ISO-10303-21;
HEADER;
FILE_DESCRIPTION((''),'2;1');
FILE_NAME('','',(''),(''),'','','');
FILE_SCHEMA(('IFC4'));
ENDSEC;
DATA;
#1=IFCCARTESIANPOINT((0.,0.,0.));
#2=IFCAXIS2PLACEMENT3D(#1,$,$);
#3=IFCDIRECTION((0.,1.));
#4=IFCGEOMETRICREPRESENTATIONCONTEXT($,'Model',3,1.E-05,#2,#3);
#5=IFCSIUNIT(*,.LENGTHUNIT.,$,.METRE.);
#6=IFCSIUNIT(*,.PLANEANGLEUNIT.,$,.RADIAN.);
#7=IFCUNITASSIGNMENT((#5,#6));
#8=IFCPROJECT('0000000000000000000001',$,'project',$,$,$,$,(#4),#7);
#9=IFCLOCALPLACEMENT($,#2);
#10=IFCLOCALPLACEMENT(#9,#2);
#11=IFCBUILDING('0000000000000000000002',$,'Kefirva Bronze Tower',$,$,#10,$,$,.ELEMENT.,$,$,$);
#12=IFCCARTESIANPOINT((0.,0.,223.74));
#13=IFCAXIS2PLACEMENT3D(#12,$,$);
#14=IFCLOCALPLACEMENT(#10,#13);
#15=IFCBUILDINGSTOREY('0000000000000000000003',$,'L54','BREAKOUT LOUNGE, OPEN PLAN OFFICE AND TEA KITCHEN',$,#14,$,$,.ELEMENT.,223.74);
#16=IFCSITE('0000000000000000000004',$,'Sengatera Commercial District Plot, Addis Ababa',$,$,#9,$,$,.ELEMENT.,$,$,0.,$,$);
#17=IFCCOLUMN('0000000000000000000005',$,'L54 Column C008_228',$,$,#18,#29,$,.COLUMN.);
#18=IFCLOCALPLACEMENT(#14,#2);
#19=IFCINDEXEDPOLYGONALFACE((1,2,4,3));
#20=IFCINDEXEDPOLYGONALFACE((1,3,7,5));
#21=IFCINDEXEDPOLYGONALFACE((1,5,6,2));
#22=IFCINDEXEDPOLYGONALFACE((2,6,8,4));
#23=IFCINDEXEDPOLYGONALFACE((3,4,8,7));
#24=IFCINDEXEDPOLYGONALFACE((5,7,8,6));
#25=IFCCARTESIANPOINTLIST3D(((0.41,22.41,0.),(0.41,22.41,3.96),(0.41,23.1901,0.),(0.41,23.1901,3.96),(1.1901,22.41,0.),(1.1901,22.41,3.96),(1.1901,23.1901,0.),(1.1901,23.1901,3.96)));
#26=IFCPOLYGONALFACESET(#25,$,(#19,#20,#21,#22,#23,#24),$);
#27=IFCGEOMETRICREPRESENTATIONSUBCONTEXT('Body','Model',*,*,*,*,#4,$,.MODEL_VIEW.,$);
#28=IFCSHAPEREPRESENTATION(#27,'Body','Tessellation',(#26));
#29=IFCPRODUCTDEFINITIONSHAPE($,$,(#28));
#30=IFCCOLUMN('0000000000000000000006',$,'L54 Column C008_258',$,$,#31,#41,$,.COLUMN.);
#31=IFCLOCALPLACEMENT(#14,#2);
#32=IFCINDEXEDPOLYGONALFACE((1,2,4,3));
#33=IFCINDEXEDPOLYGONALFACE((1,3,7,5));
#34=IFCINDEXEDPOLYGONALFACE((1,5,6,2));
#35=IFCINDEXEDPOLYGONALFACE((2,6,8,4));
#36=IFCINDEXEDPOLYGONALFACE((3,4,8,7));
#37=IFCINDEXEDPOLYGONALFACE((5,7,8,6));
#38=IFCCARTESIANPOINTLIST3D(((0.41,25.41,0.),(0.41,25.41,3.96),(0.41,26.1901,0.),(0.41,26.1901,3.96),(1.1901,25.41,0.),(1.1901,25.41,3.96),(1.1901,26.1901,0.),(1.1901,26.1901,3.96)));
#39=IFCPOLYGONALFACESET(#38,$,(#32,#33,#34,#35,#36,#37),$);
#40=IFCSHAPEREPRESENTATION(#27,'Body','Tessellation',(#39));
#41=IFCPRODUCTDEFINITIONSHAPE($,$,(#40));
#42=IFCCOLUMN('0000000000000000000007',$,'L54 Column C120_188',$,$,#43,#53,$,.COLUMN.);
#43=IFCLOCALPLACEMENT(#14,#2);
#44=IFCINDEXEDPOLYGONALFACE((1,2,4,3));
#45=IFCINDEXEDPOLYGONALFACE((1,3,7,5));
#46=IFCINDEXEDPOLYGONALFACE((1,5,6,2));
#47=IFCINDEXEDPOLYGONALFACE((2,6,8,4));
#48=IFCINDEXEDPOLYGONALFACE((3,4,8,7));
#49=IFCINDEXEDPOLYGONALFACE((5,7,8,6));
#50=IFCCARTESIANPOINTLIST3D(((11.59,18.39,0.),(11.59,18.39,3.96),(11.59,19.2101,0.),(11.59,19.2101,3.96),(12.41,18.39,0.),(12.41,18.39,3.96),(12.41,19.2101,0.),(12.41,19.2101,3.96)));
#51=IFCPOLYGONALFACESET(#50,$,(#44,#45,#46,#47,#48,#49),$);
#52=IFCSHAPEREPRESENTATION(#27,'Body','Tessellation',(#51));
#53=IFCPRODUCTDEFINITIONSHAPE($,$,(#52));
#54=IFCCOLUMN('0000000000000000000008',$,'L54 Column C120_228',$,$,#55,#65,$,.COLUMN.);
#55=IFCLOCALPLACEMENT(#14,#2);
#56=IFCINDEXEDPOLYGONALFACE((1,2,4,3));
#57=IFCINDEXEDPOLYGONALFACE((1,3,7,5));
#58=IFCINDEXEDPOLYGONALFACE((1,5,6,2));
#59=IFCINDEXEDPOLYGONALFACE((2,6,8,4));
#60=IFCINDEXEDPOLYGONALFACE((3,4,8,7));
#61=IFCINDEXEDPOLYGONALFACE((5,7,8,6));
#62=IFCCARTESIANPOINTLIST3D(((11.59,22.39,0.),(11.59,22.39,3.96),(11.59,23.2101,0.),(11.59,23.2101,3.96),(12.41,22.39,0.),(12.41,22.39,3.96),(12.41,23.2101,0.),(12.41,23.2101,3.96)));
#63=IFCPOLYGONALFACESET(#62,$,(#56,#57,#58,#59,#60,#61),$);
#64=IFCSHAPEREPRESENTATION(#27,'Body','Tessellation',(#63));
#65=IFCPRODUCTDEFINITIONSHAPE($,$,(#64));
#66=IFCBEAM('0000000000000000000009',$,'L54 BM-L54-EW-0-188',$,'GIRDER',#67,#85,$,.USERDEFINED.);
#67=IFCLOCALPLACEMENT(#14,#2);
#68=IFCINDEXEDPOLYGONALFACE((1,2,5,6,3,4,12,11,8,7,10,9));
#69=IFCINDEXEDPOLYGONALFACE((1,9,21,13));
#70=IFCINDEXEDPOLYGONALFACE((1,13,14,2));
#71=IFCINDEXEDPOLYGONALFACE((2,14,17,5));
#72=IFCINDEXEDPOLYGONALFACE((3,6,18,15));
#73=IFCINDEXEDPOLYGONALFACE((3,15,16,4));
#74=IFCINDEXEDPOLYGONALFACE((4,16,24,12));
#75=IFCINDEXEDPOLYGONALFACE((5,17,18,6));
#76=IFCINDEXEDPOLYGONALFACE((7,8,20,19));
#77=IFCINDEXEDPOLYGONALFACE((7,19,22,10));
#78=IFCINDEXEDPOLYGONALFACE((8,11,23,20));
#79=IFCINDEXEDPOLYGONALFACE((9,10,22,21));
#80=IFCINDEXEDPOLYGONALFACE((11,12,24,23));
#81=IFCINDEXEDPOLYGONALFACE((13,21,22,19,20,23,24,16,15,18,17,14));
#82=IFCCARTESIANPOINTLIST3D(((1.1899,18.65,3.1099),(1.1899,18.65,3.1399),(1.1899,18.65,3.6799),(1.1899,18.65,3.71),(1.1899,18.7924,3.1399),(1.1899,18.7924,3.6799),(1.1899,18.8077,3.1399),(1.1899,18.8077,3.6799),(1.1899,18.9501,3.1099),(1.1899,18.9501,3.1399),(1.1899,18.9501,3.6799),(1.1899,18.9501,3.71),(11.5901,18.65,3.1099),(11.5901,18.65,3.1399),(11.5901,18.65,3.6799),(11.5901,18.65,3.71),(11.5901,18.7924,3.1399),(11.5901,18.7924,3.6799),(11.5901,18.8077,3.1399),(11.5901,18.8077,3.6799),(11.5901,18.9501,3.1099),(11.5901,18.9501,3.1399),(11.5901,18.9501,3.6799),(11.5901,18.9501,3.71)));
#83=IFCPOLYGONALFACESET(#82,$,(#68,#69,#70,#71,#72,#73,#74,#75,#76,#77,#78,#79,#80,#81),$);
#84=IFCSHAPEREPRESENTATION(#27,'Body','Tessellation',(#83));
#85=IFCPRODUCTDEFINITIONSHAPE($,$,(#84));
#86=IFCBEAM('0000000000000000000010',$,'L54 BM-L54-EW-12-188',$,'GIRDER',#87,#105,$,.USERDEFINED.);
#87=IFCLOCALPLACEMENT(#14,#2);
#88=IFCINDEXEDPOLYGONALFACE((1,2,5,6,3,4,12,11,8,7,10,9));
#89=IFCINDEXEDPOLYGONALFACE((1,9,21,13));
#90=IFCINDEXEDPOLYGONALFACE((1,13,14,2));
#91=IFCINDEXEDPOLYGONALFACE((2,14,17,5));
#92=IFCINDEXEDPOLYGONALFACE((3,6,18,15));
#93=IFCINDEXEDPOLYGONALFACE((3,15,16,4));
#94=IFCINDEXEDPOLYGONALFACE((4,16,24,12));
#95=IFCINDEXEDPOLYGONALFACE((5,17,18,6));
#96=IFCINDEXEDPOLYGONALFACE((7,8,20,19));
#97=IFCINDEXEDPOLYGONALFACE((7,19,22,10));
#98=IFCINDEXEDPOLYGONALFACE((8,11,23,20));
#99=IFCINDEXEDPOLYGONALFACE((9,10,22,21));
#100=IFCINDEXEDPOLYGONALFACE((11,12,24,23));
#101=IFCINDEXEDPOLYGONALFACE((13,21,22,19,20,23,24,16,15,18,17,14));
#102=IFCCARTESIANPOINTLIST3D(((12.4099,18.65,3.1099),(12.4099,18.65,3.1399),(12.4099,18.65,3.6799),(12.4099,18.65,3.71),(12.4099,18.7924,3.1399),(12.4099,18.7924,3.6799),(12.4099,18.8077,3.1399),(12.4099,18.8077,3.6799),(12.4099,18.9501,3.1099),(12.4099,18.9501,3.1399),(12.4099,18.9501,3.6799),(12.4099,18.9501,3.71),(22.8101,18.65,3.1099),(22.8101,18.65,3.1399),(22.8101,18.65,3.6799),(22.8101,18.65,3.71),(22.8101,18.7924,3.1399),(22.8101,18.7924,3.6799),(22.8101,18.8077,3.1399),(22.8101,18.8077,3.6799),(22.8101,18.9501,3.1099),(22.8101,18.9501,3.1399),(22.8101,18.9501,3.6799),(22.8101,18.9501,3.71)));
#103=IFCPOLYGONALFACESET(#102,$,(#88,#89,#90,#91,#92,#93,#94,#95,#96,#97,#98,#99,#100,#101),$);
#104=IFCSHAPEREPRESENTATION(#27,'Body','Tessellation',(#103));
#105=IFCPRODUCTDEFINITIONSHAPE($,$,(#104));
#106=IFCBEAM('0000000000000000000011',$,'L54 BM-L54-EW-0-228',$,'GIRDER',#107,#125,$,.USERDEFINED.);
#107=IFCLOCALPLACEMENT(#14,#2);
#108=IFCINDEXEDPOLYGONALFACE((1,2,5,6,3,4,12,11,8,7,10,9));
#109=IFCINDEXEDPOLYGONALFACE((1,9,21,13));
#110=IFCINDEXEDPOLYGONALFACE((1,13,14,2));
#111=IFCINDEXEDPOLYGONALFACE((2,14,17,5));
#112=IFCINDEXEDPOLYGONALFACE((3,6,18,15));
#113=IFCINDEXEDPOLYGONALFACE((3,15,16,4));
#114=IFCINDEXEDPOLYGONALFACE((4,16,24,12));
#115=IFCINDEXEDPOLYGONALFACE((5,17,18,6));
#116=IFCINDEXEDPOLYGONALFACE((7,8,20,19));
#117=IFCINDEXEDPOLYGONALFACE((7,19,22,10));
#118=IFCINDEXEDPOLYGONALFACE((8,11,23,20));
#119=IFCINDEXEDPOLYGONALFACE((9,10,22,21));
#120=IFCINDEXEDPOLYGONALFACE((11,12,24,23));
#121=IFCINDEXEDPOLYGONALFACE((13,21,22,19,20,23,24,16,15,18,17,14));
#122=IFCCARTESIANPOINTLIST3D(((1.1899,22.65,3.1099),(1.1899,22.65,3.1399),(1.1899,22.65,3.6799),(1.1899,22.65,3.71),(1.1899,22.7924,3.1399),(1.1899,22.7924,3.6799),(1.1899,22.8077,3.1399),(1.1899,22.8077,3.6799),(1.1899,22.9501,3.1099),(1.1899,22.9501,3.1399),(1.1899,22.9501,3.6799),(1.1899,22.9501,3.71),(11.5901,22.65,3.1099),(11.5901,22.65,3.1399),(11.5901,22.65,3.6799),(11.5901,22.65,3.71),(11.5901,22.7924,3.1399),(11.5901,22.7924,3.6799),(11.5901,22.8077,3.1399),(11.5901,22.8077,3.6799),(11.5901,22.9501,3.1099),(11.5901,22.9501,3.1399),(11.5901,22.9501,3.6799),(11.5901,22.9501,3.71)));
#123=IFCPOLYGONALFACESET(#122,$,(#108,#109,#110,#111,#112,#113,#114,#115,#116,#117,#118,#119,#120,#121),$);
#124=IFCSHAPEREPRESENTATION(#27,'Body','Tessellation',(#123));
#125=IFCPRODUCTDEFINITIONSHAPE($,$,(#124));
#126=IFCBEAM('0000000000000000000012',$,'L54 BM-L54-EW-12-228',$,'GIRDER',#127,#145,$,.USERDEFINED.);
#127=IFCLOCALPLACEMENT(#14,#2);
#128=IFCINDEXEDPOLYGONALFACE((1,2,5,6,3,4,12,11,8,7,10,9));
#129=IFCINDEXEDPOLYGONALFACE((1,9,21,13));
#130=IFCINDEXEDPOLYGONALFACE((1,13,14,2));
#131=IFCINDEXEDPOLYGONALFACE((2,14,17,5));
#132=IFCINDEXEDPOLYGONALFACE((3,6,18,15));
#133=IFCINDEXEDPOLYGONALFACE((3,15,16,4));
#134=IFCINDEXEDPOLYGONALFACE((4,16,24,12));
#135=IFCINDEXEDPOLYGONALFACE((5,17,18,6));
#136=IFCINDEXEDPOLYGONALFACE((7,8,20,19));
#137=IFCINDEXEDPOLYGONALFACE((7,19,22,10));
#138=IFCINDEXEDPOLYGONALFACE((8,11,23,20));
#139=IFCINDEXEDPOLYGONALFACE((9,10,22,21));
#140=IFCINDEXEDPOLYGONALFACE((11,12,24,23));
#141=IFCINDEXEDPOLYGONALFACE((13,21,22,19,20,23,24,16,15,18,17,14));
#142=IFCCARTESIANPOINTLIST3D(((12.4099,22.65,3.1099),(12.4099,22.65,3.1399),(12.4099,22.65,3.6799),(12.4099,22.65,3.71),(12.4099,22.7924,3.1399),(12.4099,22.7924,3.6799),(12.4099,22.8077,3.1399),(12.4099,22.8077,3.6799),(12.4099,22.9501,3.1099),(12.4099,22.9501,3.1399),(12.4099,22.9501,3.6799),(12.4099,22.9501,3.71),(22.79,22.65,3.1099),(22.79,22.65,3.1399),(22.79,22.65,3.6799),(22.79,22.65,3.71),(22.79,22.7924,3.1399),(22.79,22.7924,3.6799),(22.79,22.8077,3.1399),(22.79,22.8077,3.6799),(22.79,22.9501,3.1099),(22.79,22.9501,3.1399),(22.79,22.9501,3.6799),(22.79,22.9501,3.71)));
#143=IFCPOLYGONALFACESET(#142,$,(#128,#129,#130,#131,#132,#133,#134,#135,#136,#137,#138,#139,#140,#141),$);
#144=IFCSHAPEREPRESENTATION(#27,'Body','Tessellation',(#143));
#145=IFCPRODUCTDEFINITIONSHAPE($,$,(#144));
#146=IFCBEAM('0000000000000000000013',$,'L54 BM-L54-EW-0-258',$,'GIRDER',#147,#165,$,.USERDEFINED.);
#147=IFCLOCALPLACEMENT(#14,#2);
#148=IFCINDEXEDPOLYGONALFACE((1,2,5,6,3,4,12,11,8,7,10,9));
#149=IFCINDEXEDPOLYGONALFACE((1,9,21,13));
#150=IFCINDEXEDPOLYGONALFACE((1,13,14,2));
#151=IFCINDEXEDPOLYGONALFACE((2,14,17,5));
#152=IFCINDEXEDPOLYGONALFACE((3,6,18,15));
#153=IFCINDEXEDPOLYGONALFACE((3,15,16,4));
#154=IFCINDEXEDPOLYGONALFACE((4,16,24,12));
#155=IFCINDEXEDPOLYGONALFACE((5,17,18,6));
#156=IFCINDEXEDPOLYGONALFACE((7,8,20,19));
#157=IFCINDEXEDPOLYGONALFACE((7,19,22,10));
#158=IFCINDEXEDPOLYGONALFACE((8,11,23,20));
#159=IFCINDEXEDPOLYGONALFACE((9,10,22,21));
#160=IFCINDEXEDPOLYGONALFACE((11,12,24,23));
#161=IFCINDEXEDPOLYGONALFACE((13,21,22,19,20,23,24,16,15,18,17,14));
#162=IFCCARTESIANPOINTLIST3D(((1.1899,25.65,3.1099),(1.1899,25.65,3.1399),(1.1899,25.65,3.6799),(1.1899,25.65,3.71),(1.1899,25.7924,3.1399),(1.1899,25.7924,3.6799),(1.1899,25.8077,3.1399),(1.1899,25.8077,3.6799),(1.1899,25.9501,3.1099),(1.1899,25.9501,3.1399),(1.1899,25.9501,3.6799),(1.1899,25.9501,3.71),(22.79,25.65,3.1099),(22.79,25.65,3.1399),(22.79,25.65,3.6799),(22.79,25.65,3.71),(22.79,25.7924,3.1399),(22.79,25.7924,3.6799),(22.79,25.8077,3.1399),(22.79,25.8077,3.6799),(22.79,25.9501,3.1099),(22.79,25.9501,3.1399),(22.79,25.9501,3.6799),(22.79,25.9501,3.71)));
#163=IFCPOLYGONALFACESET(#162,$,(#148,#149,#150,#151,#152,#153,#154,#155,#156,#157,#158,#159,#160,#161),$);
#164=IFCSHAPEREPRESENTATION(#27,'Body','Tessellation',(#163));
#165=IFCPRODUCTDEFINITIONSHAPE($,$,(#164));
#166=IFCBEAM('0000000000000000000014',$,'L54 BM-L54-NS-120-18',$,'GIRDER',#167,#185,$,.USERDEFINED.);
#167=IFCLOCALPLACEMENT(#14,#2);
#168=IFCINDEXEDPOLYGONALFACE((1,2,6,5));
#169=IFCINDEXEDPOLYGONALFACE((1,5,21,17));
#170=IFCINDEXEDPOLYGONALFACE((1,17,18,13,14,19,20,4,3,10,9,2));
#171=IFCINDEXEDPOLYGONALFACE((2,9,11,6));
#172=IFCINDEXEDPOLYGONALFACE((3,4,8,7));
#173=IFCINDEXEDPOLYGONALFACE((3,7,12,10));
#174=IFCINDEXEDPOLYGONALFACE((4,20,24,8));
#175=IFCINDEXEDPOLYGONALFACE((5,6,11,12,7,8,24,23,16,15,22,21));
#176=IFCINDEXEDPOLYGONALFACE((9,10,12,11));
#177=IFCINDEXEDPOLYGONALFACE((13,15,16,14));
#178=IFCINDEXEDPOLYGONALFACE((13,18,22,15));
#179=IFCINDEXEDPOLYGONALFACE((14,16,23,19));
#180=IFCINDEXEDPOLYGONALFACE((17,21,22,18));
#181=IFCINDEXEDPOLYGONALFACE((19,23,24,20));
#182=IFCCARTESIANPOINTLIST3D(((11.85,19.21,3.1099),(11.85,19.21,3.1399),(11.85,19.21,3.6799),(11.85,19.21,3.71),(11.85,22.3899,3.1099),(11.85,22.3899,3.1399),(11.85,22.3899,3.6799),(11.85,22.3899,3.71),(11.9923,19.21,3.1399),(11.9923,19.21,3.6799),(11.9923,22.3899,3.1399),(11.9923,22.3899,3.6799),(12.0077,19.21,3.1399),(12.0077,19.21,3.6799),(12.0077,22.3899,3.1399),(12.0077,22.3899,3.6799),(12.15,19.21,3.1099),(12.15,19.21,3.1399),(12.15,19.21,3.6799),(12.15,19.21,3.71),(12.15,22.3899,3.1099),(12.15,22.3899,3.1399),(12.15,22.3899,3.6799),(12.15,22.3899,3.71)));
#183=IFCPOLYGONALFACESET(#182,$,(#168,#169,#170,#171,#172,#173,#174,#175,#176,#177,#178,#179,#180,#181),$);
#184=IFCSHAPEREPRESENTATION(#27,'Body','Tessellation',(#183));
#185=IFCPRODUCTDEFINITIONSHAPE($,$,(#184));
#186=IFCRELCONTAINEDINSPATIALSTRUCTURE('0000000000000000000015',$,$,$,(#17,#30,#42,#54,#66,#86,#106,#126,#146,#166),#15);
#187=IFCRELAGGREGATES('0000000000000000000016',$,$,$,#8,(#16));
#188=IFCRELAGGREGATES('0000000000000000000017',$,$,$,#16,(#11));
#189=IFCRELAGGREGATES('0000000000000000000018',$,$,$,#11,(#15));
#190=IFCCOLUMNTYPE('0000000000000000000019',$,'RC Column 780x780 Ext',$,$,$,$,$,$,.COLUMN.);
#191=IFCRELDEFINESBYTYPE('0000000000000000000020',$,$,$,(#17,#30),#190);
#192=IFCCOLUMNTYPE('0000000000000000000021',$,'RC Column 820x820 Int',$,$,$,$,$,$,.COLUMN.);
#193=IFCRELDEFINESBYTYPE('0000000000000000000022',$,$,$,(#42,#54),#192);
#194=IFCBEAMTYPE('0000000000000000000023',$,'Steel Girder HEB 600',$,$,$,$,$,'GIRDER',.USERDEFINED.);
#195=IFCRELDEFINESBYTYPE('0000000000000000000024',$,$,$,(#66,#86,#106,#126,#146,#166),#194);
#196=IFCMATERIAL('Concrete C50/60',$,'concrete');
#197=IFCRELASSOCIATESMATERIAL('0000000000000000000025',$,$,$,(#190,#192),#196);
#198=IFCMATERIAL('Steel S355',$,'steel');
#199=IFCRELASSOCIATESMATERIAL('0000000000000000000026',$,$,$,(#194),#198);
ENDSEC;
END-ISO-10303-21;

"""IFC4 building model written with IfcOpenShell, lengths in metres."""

from ifc_helpers import new_model, si_unit, direction, frame, origin, origin_2d, place, context, subcontext, project, spatial, rectangle, i_section, extrude, material, material_profile, profile_set, type_object, element, save


model = new_model("IFC4")

# Units and contexts
model_context = context("Model", 3, precision=1e-05, world=origin(), true_north=direction((0.0, 1.0)))
body_context = subcontext(model_context, "Body", "Model", "MODEL_VIEW")
ifc_project = project(units=[si_unit("LENGTHUNIT", "METRE"), si_unit("PLANEANGLEUNIT", "RADIAN")], contexts=[model_context])

# Site, building, storey
site_placement = place(None, origin())
site = spatial("IfcSite", under=ifc_project, at=site_placement, Name="Sengatera Commercial District Plot, Addis Ababa", CompositionType="ELEMENT", RefElevation=0.0)
building_placement = place(site_placement, origin())
building = spatial("IfcBuilding", under=site, at=building_placement, Name="Kefirva Bronze Tower", CompositionType="ELEMENT")
storey_placement = place(building_placement, frame((0.0, 0.0, 223.74)))
storey = spatial("IfcBuildingStorey", under=building, at=storey_placement, Name="L54", Description="BREAKOUT LOUNGE, OPEN PLAN OFFICE AND TEA KITCHEN", CompositionType="ELEMENT", Elevation=223.74)

# Columns
ifc_material_1 = material(Name="Concrete C50/60", Category="concrete")
ifc_material_profile_1 = material_profile(ifc_material_1, rectangle(XDim=0.78, YDim=0.78, at=origin_2d()), Name="RC 780x780")
ifc_profile_set_1 = profile_set([ifc_material_profile_1], Name="Concrete C50/60")
column_type_1 = type_object("IfcColumnType", Name="RC Column 780x780 Ext", PredefinedType="COLUMN", material=ifc_profile_set_1)
for number, where, z_axis, x_axis, name in (
    (1, (0.8, 22.8, 0.0), (0.0, 0.0, 1.0), (1.0, 0.0, 0.0), "L54 Column C008_228"),
    (2, (0.8, 25.8, 0.0), (0.0, 0.0, 1.0), (1.0, 0.0, 0.0), "L54 Column C008_258"),
):
    element("IfcColumn", number, at=place(storey_placement, frame(where, z_axis=z_axis, x_axis=x_axis)), inside=storey, type_object=column_type_1, Name=name, PredefinedType="COLUMN", context=body_context, shape_type="SweptSolid", body=[
        extrude(rectangle(XDim=0.78, YDim=0.78, at=origin_2d()), origin(), (0.0, 0.0, 1.0), 3.96),
    ])
ifc_material_profile_2 = material_profile(ifc_material_1, rectangle(XDim=0.8201, YDim=0.8201, at=origin_2d()), Name="RC 820x820")
ifc_profile_set_2 = profile_set([ifc_material_profile_2], Name="Concrete C50/60")
column_type_2 = type_object("IfcColumnType", Name="RC Column 820x820 Int", PredefinedType="COLUMN", material=ifc_profile_set_2)
for number, where, z_axis, x_axis, name in (
    (3, (12.0, 18.8, 0.0), (0.0, 0.0, 1.0), (1.0, 0.0, 0.0), "L54 Column C120_188"),
    (4, (12.0, 22.8, 0.0), (0.0, 0.0, 1.0), (1.0, 0.0, 0.0), "L54 Column C120_228"),
):
    element("IfcColumn", number, at=place(storey_placement, frame(where, z_axis=z_axis, x_axis=x_axis)), inside=storey, type_object=column_type_2, Name=name, PredefinedType="COLUMN", context=body_context, shape_type="SweptSolid", body=[
        extrude(rectangle(XDim=0.8201, YDim=0.8201, at=origin_2d()), origin(), (0.0, 0.0, 1.0), 3.96),
    ])

# Beams
ifc_material_2 = material(Name="Steel S355", Category="steel")
ifc_material_profile_3 = material_profile(ifc_material_2, i_section(OverallWidth=0.3, OverallDepth=0.6001, WebThickness=0.0154, FlangeThickness=0.03, at=origin_2d()), Name="HEB 600")
ifc_profile_set_3 = profile_set([ifc_material_profile_3], Name="Steel S355")
beam_type_1 = type_object("IfcBeamType", Name="Steel Girder HEB 600", ElementType="GIRDER", PredefinedType="USERDEFINED", material=ifc_profile_set_3)
for number, where, z_axis, x_axis, name in (
    (5, (1.1899, 18.8, 3.4099), (1.0, 0.0, 0.0), (0.0, 1.0, 0.0), "L54 BM-L54-EW-0-188"),
    (6, (12.4099, 18.8, 3.4099), (1.0, 0.0, 0.0), (0.0, 1.0, 0.0), "L54 BM-L54-EW-12-188"),
    (7, (1.1899, 22.8, 3.4099), (1.0, 0.0, 0.0), (0.0, 1.0, 0.0), "L54 BM-L54-EW-0-228"),
):
    element("IfcBeam", number, at=place(storey_placement, frame(where, z_axis=z_axis, x_axis=x_axis)), inside=storey, type_object=beam_type_1, Name=name, ObjectType="GIRDER", PredefinedType="USERDEFINED", context=body_context, shape_type="SweptSolid", body=[
        extrude(i_section(OverallWidth=0.3, OverallDepth=0.6001, WebThickness=0.0154, FlangeThickness=0.03, at=origin_2d()), origin(), (0.0, 0.0, 1.0), 10.4001),
    ])
beam_1_placement = place(storey_placement, frame((12.4099, 22.8, 3.4099), z_axis=(1.0, 0.0, 0.0), x_axis=(0.0, 1.0, 0.0)))
element("IfcBeam", 8, at=beam_1_placement, inside=storey, type_object=beam_type_1, Name="L54 BM-L54-EW-12-228", ObjectType="GIRDER", PredefinedType="USERDEFINED", context=body_context, shape_type="SweptSolid", body=[
    extrude(i_section(OverallWidth=0.3, OverallDepth=0.6001, WebThickness=0.0154, FlangeThickness=0.03, at=origin_2d()), origin(), (0.0, 0.0, 1.0), 10.3801),
])
beam_2_placement = place(storey_placement, frame((1.1899, 25.8, 3.4099), z_axis=(1.0, 0.0, 0.0), x_axis=(0.0, 1.0, 0.0)))
element("IfcBeam", 9, at=beam_2_placement, inside=storey, type_object=beam_type_1, Name="L54 BM-L54-EW-0-258", ObjectType="GIRDER", PredefinedType="USERDEFINED", context=body_context, shape_type="SweptSolid", body=[
    extrude(i_section(OverallWidth=0.3, OverallDepth=0.6001, WebThickness=0.0154, FlangeThickness=0.03, at=origin_2d()), origin(), (0.0, 0.0, 1.0), 21.6001),
])
beam_3_placement = place(storey_placement, frame((12.0, 19.21, 3.4099), z_axis=(0.0, 1.0, 0.0), x_axis=(-1.0, 0.0, 0.0)))
element("IfcBeam", 10, at=beam_3_placement, inside=storey, type_object=beam_type_1, Name="L54 BM-L54-NS-120-18", ObjectType="GIRDER", PredefinedType="USERDEFINED", context=body_context, shape_type="SweptSolid", body=[
    extrude(i_section(OverallWidth=0.3, OverallDepth=0.6001, WebThickness=0.0154, FlangeThickness=0.03, at=origin_2d()), origin(), (0.0, 0.0, 1.0), 3.1799),
])

save(model, "model.ifc")
